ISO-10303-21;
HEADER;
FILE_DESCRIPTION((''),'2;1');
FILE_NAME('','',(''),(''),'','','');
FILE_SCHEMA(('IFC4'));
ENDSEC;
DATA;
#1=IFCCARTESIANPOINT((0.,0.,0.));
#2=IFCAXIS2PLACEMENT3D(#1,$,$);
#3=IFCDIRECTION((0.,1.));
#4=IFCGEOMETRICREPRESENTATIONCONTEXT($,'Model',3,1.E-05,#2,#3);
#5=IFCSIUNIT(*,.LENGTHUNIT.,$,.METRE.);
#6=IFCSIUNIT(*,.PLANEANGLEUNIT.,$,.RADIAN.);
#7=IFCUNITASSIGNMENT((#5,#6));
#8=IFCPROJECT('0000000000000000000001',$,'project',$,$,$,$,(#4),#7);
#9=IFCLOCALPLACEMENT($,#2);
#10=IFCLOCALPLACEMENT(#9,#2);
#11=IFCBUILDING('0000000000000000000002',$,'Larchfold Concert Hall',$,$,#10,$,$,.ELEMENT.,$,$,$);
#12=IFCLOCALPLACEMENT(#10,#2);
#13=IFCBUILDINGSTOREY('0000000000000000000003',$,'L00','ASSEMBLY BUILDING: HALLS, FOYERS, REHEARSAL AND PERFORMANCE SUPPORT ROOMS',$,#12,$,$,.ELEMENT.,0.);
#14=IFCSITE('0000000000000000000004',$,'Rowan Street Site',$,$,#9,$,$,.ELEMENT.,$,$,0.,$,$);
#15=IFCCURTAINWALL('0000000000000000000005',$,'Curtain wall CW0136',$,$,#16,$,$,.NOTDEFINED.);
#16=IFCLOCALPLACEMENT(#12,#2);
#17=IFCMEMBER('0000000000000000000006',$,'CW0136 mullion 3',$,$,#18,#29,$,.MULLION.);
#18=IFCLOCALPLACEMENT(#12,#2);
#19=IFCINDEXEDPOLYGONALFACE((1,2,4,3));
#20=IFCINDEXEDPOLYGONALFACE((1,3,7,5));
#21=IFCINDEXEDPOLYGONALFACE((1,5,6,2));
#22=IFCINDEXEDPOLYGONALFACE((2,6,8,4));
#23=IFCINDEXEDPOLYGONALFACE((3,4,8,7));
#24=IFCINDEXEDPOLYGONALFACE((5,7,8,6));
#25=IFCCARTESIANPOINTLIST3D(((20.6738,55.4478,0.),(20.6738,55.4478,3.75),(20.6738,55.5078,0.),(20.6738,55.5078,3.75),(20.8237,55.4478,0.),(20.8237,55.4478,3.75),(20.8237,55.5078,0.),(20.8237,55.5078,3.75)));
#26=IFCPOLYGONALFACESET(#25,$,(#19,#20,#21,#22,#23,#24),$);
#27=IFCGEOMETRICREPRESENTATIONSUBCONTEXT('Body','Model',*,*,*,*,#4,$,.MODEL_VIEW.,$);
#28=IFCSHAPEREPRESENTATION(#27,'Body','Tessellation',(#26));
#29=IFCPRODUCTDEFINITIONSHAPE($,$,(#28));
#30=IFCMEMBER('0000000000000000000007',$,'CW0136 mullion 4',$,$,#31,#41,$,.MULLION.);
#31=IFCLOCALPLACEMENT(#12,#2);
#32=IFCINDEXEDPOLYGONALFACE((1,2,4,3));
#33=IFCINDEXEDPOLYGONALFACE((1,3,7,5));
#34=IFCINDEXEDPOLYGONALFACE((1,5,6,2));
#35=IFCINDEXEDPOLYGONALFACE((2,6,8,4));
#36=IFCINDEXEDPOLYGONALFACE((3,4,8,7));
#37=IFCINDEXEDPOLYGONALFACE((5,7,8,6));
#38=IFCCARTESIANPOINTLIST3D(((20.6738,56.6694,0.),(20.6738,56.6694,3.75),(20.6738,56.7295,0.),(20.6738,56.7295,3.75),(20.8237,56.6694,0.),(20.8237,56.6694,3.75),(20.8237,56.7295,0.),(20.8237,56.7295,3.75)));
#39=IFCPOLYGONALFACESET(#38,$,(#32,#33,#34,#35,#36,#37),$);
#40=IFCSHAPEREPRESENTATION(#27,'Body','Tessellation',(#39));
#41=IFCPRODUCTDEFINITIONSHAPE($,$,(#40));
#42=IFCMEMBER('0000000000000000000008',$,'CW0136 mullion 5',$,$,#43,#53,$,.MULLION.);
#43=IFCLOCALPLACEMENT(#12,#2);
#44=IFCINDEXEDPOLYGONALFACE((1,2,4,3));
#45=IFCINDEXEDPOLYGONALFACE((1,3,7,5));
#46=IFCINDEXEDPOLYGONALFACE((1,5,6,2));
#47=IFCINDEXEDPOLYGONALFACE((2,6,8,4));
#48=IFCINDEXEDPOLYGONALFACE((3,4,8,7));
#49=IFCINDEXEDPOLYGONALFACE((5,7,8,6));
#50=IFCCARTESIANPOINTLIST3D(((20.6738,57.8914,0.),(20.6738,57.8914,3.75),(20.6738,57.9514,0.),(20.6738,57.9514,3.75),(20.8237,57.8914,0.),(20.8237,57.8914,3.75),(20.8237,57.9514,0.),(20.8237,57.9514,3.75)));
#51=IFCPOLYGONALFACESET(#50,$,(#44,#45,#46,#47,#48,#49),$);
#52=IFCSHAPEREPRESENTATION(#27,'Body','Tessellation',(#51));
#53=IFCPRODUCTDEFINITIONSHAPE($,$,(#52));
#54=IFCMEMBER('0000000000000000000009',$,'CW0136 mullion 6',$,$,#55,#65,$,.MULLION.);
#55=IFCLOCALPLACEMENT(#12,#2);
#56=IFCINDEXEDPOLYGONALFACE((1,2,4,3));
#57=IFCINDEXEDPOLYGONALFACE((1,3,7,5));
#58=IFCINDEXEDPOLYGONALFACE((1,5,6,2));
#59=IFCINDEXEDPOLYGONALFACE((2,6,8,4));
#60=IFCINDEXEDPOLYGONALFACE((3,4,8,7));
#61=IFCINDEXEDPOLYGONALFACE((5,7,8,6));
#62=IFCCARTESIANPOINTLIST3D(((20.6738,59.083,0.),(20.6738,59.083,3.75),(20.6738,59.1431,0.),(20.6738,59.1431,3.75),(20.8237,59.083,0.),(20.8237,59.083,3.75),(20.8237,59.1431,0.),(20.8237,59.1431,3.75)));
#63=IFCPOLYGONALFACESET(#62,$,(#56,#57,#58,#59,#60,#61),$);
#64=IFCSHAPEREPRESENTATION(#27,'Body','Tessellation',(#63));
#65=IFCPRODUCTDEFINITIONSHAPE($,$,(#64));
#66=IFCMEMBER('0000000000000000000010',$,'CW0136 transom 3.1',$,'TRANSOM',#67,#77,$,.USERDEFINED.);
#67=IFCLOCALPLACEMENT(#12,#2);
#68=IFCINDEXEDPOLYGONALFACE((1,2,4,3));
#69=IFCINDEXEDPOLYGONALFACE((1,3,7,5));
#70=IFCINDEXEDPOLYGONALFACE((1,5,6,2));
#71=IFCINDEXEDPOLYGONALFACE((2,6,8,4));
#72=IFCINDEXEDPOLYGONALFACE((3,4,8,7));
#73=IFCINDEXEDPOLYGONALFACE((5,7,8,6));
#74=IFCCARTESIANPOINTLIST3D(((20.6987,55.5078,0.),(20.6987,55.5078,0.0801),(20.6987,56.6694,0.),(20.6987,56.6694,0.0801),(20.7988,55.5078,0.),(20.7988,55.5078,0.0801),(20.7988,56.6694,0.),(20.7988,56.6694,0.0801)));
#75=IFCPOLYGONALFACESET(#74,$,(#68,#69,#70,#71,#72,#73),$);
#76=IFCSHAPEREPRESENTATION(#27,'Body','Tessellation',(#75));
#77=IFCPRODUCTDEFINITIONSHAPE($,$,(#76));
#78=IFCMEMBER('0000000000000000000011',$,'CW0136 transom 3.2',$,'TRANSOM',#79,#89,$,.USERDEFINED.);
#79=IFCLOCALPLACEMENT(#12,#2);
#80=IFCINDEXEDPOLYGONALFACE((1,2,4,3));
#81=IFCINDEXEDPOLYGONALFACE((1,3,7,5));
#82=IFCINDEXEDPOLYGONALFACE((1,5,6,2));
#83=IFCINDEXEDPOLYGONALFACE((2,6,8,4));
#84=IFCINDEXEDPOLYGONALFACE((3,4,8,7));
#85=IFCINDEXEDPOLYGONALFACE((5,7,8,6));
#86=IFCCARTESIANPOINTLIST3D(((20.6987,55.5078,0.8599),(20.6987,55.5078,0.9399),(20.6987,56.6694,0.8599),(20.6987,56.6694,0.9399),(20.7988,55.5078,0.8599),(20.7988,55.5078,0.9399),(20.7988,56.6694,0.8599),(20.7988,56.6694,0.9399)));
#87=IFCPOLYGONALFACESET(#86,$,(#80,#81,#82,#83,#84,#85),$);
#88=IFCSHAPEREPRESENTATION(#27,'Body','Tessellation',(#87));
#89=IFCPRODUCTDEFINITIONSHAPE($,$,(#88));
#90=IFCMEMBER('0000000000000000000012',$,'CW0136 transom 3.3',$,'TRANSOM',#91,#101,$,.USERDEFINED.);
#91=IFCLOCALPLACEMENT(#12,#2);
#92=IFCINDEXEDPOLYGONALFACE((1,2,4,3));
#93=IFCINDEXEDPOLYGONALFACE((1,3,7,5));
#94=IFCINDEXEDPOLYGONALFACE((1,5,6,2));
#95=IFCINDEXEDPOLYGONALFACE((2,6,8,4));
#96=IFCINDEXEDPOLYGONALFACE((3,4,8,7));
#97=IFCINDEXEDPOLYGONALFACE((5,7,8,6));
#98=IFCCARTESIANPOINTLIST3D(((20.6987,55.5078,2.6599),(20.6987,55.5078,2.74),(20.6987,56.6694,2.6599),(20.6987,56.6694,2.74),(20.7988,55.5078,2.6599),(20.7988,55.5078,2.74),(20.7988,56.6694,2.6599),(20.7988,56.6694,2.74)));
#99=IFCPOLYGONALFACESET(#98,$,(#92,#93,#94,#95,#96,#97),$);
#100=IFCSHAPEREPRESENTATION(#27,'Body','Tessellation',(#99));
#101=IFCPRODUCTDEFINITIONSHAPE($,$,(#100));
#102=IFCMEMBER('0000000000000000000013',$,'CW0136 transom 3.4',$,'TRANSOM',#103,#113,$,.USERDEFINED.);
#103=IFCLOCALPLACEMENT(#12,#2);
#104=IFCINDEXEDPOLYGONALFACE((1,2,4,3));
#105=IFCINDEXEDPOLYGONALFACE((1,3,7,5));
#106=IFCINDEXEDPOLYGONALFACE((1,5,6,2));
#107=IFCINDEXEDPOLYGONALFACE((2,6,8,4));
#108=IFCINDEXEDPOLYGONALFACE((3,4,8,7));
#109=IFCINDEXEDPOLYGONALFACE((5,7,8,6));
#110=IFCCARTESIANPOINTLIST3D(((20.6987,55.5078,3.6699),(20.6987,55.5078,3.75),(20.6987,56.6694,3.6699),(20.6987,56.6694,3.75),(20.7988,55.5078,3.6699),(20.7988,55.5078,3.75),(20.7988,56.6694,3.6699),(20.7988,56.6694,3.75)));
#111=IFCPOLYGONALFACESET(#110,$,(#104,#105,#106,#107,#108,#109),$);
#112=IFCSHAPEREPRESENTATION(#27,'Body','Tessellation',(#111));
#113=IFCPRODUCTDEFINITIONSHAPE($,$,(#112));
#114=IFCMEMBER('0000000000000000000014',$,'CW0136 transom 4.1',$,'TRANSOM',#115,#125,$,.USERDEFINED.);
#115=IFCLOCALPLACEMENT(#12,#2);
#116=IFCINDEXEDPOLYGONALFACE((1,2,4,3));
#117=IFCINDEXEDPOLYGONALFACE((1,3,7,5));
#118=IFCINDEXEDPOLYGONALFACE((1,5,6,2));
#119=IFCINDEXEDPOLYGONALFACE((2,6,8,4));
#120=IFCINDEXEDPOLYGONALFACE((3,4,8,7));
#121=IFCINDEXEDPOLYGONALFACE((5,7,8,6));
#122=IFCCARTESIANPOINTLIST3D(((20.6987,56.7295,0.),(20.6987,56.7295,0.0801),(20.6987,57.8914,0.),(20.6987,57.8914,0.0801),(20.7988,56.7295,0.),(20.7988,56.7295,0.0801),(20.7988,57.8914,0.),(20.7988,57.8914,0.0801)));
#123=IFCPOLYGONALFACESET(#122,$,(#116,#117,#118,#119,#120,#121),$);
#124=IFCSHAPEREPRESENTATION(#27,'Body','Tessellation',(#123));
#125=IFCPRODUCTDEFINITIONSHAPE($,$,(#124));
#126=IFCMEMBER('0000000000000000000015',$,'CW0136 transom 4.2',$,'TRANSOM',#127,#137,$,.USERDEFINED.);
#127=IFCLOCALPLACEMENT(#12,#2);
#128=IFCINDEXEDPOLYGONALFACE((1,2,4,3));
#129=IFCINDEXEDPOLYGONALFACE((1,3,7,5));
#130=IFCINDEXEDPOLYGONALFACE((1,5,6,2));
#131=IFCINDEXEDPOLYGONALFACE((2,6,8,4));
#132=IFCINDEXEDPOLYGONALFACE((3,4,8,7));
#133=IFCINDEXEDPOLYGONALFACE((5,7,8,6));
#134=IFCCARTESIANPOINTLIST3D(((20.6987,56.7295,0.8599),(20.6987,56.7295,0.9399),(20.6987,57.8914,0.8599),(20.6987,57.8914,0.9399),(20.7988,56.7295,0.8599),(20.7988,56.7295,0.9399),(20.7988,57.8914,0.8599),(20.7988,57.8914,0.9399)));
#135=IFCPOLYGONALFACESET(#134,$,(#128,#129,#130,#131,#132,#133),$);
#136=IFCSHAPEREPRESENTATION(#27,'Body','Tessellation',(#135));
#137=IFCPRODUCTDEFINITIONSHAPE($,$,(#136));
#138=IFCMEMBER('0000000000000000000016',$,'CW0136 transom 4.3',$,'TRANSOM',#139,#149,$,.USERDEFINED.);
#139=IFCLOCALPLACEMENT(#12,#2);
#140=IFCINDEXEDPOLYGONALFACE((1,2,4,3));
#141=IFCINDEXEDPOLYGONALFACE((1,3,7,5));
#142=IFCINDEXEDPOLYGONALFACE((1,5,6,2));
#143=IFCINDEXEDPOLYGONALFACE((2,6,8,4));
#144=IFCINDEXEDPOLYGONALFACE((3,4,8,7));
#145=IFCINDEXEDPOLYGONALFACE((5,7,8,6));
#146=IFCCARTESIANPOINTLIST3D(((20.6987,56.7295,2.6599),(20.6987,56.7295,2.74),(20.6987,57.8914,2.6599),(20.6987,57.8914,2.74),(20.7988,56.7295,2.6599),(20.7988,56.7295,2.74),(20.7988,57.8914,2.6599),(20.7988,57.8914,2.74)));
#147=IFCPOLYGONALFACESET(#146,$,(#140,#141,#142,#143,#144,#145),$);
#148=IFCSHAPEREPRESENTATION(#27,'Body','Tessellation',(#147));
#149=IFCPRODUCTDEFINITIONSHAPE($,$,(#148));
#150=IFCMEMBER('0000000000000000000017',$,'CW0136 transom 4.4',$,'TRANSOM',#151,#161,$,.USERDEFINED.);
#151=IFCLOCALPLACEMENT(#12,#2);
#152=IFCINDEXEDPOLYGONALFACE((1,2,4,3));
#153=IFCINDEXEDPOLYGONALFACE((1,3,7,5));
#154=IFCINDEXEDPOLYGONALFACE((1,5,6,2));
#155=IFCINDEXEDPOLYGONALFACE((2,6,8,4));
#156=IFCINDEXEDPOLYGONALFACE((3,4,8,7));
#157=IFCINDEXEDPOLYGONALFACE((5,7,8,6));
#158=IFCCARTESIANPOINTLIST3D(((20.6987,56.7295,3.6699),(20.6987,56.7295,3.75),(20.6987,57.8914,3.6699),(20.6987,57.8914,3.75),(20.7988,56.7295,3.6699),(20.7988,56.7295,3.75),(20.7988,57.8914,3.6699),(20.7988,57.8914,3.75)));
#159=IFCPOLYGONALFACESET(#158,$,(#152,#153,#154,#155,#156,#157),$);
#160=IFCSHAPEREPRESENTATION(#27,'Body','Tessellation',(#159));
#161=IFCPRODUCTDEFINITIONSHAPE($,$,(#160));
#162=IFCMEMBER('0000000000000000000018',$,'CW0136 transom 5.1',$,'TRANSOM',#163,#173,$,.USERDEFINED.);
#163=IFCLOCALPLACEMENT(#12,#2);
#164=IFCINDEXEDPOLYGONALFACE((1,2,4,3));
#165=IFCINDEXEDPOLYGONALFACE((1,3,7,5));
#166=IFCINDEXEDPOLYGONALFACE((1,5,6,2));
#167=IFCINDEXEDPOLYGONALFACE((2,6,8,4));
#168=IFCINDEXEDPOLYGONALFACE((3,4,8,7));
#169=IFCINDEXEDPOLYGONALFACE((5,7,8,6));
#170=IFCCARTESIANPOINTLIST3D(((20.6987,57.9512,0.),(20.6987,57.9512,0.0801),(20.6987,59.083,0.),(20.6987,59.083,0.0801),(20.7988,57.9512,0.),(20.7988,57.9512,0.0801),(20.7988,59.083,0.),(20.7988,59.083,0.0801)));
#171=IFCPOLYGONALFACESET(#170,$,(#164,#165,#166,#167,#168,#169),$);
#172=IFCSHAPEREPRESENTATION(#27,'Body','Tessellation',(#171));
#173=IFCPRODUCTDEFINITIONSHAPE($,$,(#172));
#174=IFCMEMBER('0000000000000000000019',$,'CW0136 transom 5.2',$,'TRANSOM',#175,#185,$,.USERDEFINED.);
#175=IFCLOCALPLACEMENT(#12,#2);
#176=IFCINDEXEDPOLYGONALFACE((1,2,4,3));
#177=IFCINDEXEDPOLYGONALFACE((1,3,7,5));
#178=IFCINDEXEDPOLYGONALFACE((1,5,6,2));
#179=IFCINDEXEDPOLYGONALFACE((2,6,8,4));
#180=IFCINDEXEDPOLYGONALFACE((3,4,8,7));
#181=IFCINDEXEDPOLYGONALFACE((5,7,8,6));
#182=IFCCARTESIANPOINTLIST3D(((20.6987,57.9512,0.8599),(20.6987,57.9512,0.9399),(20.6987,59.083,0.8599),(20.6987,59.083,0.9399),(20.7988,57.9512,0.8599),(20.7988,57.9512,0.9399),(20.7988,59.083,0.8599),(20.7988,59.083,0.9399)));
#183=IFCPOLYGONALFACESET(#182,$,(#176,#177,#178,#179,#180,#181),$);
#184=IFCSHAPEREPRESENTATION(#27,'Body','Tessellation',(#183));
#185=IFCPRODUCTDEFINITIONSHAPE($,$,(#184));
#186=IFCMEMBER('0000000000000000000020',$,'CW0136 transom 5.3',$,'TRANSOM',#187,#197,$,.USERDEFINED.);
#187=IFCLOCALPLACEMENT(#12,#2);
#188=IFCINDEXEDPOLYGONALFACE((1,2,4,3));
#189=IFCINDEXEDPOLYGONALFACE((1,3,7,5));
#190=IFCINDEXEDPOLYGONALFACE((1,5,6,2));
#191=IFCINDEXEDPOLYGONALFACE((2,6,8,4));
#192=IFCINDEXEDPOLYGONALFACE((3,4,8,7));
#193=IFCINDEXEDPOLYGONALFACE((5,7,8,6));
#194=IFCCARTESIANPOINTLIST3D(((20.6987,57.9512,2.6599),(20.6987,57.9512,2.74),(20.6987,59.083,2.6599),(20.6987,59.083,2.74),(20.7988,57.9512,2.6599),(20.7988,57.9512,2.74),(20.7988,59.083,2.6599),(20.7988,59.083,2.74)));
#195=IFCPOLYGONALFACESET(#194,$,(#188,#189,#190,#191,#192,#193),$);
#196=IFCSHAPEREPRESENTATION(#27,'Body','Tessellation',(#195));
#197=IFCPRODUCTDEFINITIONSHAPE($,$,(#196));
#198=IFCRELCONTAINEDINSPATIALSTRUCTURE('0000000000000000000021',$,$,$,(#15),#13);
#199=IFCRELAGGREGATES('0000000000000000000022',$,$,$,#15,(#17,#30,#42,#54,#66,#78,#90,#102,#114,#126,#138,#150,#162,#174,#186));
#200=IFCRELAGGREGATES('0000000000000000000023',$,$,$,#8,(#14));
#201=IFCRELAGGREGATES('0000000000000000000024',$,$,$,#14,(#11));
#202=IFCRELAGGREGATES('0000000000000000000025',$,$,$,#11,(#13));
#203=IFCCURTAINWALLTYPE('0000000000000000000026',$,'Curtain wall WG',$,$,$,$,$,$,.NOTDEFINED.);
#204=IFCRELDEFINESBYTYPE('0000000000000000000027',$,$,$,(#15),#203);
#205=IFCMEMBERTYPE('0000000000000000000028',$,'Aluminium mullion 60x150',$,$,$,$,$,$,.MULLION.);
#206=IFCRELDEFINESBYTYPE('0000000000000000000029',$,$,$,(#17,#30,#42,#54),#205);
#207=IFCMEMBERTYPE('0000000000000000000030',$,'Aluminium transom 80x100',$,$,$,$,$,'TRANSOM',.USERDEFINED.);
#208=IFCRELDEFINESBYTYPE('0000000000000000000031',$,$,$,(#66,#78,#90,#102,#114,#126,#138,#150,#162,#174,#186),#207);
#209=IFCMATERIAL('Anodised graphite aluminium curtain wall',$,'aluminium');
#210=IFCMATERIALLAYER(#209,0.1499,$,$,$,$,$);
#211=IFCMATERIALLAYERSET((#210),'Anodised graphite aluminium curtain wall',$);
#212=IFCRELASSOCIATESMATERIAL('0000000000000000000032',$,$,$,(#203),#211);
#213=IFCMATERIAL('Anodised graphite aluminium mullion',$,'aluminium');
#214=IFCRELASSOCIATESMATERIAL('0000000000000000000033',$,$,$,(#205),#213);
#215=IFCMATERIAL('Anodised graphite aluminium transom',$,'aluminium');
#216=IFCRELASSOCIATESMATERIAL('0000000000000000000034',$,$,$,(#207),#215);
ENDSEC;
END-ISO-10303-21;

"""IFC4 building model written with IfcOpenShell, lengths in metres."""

from ifc_helpers import new_model, si_unit, direction, frame, origin, origin_2d, place, context, subcontext, project, spatial, rectangle, extrude, material, layer, layer_set, material_profile, profile_set, type_object, element, aggregate, save


model = new_model("IFC4")

# Units and contexts
model_context = context("Model", 3, precision=1e-05, world=origin(), true_north=direction((0.0, 1.0)))
body_context = subcontext(model_context, "Body", "Model", "MODEL_VIEW")
ifc_project = project(units=[si_unit("LENGTHUNIT", "METRE"), si_unit("PLANEANGLEUNIT", "RADIAN")], contexts=[model_context])

# Site, building, storey
site_placement = place(None, origin())
site = spatial("IfcSite", under=ifc_project, at=site_placement, Name="Rowan Street Site", CompositionType="ELEMENT", RefElevation=0.0)
building_placement = place(site_placement, origin())
building = spatial("IfcBuilding", under=site, at=building_placement, Name="Larchfold Concert Hall", CompositionType="ELEMENT")
storey_placement = place(building_placement, origin())
storey = spatial("IfcBuildingStorey", under=building, at=storey_placement, Name="L00", Description="ASSEMBLY BUILDING: HALLS, FOYERS, REHEARSAL AND PERFORMANCE SUPPORT ROOMS", CompositionType="ELEMENT", Elevation=0.0)

# Curtain wall, members
ifc_material_1 = material(Name="Anodised graphite aluminium curtain wall", Category="aluminium")
ifc_layer_1 = layer(ifc_material_1, 0.1499)
ifc_layer_set_1 = layer_set([ifc_layer_1], Name="Anodised graphite aluminium curtain wall")
curtain_wall_type = type_object("IfcCurtainWallType", Name="Curtain wall WG", PredefinedType="NOTDEFINED", material=ifc_layer_set_1)
curtain_wall_placement = place(storey_placement, origin())
curtain_wall = element("IfcCurtainWall", 1, at=curtain_wall_placement, inside=storey, type_object=curtain_wall_type, Name="Curtain wall CW0136", PredefinedType="NOTDEFINED")
ifc_material_2 = material(Name="Anodised graphite aluminium mullion", Category="aluminium")
ifc_material_profile_1 = material_profile(ifc_material_2, rectangle(XDim=0.1499, YDim=0.0601, at=origin_2d()))
ifc_profile_set_1 = profile_set([ifc_material_profile_1], Name="Anodised graphite aluminium mullion")
member_type_1 = type_object("IfcMemberType", Name="Aluminium mullion 60x150", PredefinedType="MULLION", material=ifc_profile_set_1)
member_1_placement = place(storey_placement, frame((20.7488, 55.4778, 0.0), z_axis=(0.0, 0.0, 1.0), x_axis=(-1.0, 0.0, 0.0)))
member_1 = element("IfcMember", 2, at=member_1_placement, type_object=member_type_1, Name="CW0136 mullion 3", PredefinedType="MULLION", context=body_context, shape_type="SweptSolid", body=[
    extrude(rectangle(XDim=0.1499, YDim=0.0601, at=origin_2d()), origin(), (0.0, 0.0, 1.0), 3.75),
])
member_2_placement = place(storey_placement, frame((20.7488, 56.6995, 0.0), z_axis=(0.0, 0.0, 1.0), x_axis=(-1.0, 0.0, 0.0)))
member_2 = element("IfcMember", 3, at=member_2_placement, type_object=member_type_1, Name="CW0136 mullion 4", PredefinedType="MULLION", context=body_context, shape_type="SweptSolid", body=[
    extrude(rectangle(XDim=0.1499, YDim=0.0601, at=origin_2d()), origin(), (0.0, 0.0, 1.0), 3.75),
])
member_3_placement = place(storey_placement, frame((20.7488, 57.9214, 0.0), z_axis=(0.0, 0.0, 1.0), x_axis=(-1.0, 0.0, 0.0)))
member_3 = element("IfcMember", 4, at=member_3_placement, type_object=member_type_1, Name="CW0136 mullion 5", PredefinedType="MULLION", context=body_context, shape_type="SweptSolid", body=[
    extrude(rectangle(XDim=0.1499, YDim=0.0601, at=origin_2d()), origin(), (0.0, 0.0, 1.0), 3.75),
])
member_4_placement = place(storey_placement, frame((20.7488, 59.113, 0.0), z_axis=(0.0, 0.0, 1.0), x_axis=(-1.0, 0.0, 0.0)))
member_4 = element("IfcMember", 5, at=member_4_placement, type_object=member_type_1, Name="CW0136 mullion 6", PredefinedType="MULLION", context=body_context, shape_type="SweptSolid", body=[
    extrude(rectangle(XDim=0.1499, YDim=0.0601, at=origin_2d()), origin(), (0.0, 0.0, 1.0), 3.75),
])
ifc_material_3 = material(Name="Anodised graphite aluminium transom", Category="aluminium")
ifc_material_profile_2 = material_profile(ifc_material_3, rectangle(XDim=0.1001, YDim=0.0801, at=origin_2d()))
ifc_profile_set_2 = profile_set([ifc_material_profile_2], Name="Anodised graphite aluminium transom")
member_type_2 = type_object("IfcMemberType", Name="Aluminium transom 80x100", ElementType="TRANSOM", PredefinedType="USERDEFINED", material=ifc_profile_set_2)
member_5_placement = place(storey_placement, frame((20.7488, 55.5078, 0.04), z_axis=(0.0, 1.0, 0.0), x_axis=(-1.0, 0.0, 0.0)))
member_5 = element("IfcMember", 6, at=member_5_placement, type_object=member_type_2, Name="CW0136 transom 3.1", ObjectType="TRANSOM", PredefinedType="USERDEFINED", context=body_context, shape_type="SweptSolid", body=[
    extrude(rectangle(XDim=0.1001, YDim=0.0801, at=origin_2d()), origin(), (0.0, 0.0, 1.0), 1.1616),
])
member_6_placement = place(storey_placement, frame((20.7488, 55.5078, 0.8999), z_axis=(0.0, 1.0, 0.0), x_axis=(-1.0, 0.0, 0.0)))
member_6 = element("IfcMember", 7, at=member_6_placement, type_object=member_type_2, Name="CW0136 transom 3.2", ObjectType="TRANSOM", PredefinedType="USERDEFINED", context=body_context, shape_type="SweptSolid", body=[
    extrude(rectangle(XDim=0.1001, YDim=0.0801, at=origin_2d()), origin(), (0.0, 0.0, 1.0), 1.1616),
])
member_7_placement = place(storey_placement, frame((20.7488, 55.5078, 2.7), z_axis=(0.0, 1.0, 0.0), x_axis=(-1.0, 0.0, 0.0)))
member_7 = element("IfcMember", 8, at=member_7_placement, type_object=member_type_2, Name="CW0136 transom 3.3", ObjectType="TRANSOM", PredefinedType="USERDEFINED", context=body_context, shape_type="SweptSolid", body=[
    extrude(rectangle(XDim=0.1001, YDim=0.0801, at=origin_2d()), origin(), (0.0, 0.0, 1.0), 1.1616),
])
member_8_placement = place(storey_placement, frame((20.7488, 55.5078, 3.71), z_axis=(0.0, 1.0, 0.0), x_axis=(-1.0, 0.0, 0.0)))
member_8 = element("IfcMember", 9, at=member_8_placement, type_object=member_type_2, Name="CW0136 transom 3.4", ObjectType="TRANSOM", PredefinedType="USERDEFINED", context=body_context, shape_type="SweptSolid", body=[
    extrude(rectangle(XDim=0.1001, YDim=0.0801, at=origin_2d()), origin(), (0.0, 0.0, 1.0), 1.1616),
])
member_9_placement = place(storey_placement, frame((20.7488, 56.7295, 0.04), z_axis=(0.0, 1.0, 0.0), x_axis=(-1.0, 0.0, 0.0)))
member_9 = element("IfcMember", 10, at=member_9_placement, type_object=member_type_2, Name="CW0136 transom 4.1", ObjectType="TRANSOM", PredefinedType="USERDEFINED", context=body_context, shape_type="SweptSolid", body=[
    extrude(rectangle(XDim=0.1001, YDim=0.0801, at=origin_2d()), origin(), (0.0, 0.0, 1.0), 1.1619),
])
member_10_placement = place(storey_placement, frame((20.7488, 56.7295, 0.8999), z_axis=(0.0, 1.0, 0.0), x_axis=(-1.0, 0.0, 0.0)))
member_10 = element("IfcMember", 11, at=member_10_placement, type_object=member_type_2, Name="CW0136 transom 4.2", ObjectType="TRANSOM", PredefinedType="USERDEFINED", context=body_context, shape_type="SweptSolid", body=[
    extrude(rectangle(XDim=0.1001, YDim=0.0801, at=origin_2d()), origin(), (0.0, 0.0, 1.0), 1.1619),
])
member_11_placement = place(storey_placement, frame((20.7488, 56.7295, 2.7), z_axis=(0.0, 1.0, 0.0), x_axis=(-1.0, 0.0, 0.0)))
member_11 = element("IfcMember", 12, at=member_11_placement, type_object=member_type_2, Name="CW0136 transom 4.3", ObjectType="TRANSOM", PredefinedType="USERDEFINED", context=body_context, shape_type="SweptSolid", body=[
    extrude(rectangle(XDim=0.1001, YDim=0.0801, at=origin_2d()), origin(), (0.0, 0.0, 1.0), 1.1619),
])
member_12_placement = place(storey_placement, frame((20.7488, 56.7295, 3.71), z_axis=(0.0, 1.0, 0.0), x_axis=(-1.0, 0.0, 0.0)))
member_12 = element("IfcMember", 13, at=member_12_placement, type_object=member_type_2, Name="CW0136 transom 4.4", ObjectType="TRANSOM", PredefinedType="USERDEFINED", context=body_context, shape_type="SweptSolid", body=[
    extrude(rectangle(XDim=0.1001, YDim=0.0801, at=origin_2d()), origin(), (0.0, 0.0, 1.0), 1.1619),
])
member_13_placement = place(storey_placement, frame((20.7488, 57.9512, 0.04), z_axis=(0.0, 1.0, 0.0), x_axis=(-1.0, 0.0, 0.0)))
member_13 = element("IfcMember", 14, at=member_13_placement, type_object=member_type_2, Name="CW0136 transom 5.1", ObjectType="TRANSOM", PredefinedType="USERDEFINED", context=body_context, shape_type="SweptSolid", body=[
    extrude(rectangle(XDim=0.1001, YDim=0.0801, at=origin_2d()), origin(), (0.0, 0.0, 1.0), 1.1318),
])
member_14_placement = place(storey_placement, frame((20.7488, 57.9512, 0.8999), z_axis=(0.0, 1.0, 0.0), x_axis=(-1.0, 0.0, 0.0)))
member_14 = element("IfcMember", 15, at=member_14_placement, type_object=member_type_2, Name="CW0136 transom 5.2", ObjectType="TRANSOM", PredefinedType="USERDEFINED", context=body_context, shape_type="SweptSolid", body=[
    extrude(rectangle(XDim=0.1001, YDim=0.0801, at=origin_2d()), origin(), (0.0, 0.0, 1.0), 1.1318),
])
member_15_placement = place(storey_placement, frame((20.7488, 57.9512, 2.7), z_axis=(0.0, 1.0, 0.0), x_axis=(-1.0, 0.0, 0.0)))
member_15 = element("IfcMember", 16, at=member_15_placement, type_object=member_type_2, Name="CW0136 transom 5.3", ObjectType="TRANSOM", PredefinedType="USERDEFINED", context=body_context, shape_type="SweptSolid", body=[
    extrude(rectangle(XDim=0.1001, YDim=0.0801, at=origin_2d()), origin(), (0.0, 0.0, 1.0), 1.1318),
])

aggregate(curtain_wall, [member_1, member_2, member_3, member_4, member_5, member_6, member_7, member_8, member_9, member_10, member_11, member_12, member_13, member_14, member_15])

save(model, "model.ifc")
